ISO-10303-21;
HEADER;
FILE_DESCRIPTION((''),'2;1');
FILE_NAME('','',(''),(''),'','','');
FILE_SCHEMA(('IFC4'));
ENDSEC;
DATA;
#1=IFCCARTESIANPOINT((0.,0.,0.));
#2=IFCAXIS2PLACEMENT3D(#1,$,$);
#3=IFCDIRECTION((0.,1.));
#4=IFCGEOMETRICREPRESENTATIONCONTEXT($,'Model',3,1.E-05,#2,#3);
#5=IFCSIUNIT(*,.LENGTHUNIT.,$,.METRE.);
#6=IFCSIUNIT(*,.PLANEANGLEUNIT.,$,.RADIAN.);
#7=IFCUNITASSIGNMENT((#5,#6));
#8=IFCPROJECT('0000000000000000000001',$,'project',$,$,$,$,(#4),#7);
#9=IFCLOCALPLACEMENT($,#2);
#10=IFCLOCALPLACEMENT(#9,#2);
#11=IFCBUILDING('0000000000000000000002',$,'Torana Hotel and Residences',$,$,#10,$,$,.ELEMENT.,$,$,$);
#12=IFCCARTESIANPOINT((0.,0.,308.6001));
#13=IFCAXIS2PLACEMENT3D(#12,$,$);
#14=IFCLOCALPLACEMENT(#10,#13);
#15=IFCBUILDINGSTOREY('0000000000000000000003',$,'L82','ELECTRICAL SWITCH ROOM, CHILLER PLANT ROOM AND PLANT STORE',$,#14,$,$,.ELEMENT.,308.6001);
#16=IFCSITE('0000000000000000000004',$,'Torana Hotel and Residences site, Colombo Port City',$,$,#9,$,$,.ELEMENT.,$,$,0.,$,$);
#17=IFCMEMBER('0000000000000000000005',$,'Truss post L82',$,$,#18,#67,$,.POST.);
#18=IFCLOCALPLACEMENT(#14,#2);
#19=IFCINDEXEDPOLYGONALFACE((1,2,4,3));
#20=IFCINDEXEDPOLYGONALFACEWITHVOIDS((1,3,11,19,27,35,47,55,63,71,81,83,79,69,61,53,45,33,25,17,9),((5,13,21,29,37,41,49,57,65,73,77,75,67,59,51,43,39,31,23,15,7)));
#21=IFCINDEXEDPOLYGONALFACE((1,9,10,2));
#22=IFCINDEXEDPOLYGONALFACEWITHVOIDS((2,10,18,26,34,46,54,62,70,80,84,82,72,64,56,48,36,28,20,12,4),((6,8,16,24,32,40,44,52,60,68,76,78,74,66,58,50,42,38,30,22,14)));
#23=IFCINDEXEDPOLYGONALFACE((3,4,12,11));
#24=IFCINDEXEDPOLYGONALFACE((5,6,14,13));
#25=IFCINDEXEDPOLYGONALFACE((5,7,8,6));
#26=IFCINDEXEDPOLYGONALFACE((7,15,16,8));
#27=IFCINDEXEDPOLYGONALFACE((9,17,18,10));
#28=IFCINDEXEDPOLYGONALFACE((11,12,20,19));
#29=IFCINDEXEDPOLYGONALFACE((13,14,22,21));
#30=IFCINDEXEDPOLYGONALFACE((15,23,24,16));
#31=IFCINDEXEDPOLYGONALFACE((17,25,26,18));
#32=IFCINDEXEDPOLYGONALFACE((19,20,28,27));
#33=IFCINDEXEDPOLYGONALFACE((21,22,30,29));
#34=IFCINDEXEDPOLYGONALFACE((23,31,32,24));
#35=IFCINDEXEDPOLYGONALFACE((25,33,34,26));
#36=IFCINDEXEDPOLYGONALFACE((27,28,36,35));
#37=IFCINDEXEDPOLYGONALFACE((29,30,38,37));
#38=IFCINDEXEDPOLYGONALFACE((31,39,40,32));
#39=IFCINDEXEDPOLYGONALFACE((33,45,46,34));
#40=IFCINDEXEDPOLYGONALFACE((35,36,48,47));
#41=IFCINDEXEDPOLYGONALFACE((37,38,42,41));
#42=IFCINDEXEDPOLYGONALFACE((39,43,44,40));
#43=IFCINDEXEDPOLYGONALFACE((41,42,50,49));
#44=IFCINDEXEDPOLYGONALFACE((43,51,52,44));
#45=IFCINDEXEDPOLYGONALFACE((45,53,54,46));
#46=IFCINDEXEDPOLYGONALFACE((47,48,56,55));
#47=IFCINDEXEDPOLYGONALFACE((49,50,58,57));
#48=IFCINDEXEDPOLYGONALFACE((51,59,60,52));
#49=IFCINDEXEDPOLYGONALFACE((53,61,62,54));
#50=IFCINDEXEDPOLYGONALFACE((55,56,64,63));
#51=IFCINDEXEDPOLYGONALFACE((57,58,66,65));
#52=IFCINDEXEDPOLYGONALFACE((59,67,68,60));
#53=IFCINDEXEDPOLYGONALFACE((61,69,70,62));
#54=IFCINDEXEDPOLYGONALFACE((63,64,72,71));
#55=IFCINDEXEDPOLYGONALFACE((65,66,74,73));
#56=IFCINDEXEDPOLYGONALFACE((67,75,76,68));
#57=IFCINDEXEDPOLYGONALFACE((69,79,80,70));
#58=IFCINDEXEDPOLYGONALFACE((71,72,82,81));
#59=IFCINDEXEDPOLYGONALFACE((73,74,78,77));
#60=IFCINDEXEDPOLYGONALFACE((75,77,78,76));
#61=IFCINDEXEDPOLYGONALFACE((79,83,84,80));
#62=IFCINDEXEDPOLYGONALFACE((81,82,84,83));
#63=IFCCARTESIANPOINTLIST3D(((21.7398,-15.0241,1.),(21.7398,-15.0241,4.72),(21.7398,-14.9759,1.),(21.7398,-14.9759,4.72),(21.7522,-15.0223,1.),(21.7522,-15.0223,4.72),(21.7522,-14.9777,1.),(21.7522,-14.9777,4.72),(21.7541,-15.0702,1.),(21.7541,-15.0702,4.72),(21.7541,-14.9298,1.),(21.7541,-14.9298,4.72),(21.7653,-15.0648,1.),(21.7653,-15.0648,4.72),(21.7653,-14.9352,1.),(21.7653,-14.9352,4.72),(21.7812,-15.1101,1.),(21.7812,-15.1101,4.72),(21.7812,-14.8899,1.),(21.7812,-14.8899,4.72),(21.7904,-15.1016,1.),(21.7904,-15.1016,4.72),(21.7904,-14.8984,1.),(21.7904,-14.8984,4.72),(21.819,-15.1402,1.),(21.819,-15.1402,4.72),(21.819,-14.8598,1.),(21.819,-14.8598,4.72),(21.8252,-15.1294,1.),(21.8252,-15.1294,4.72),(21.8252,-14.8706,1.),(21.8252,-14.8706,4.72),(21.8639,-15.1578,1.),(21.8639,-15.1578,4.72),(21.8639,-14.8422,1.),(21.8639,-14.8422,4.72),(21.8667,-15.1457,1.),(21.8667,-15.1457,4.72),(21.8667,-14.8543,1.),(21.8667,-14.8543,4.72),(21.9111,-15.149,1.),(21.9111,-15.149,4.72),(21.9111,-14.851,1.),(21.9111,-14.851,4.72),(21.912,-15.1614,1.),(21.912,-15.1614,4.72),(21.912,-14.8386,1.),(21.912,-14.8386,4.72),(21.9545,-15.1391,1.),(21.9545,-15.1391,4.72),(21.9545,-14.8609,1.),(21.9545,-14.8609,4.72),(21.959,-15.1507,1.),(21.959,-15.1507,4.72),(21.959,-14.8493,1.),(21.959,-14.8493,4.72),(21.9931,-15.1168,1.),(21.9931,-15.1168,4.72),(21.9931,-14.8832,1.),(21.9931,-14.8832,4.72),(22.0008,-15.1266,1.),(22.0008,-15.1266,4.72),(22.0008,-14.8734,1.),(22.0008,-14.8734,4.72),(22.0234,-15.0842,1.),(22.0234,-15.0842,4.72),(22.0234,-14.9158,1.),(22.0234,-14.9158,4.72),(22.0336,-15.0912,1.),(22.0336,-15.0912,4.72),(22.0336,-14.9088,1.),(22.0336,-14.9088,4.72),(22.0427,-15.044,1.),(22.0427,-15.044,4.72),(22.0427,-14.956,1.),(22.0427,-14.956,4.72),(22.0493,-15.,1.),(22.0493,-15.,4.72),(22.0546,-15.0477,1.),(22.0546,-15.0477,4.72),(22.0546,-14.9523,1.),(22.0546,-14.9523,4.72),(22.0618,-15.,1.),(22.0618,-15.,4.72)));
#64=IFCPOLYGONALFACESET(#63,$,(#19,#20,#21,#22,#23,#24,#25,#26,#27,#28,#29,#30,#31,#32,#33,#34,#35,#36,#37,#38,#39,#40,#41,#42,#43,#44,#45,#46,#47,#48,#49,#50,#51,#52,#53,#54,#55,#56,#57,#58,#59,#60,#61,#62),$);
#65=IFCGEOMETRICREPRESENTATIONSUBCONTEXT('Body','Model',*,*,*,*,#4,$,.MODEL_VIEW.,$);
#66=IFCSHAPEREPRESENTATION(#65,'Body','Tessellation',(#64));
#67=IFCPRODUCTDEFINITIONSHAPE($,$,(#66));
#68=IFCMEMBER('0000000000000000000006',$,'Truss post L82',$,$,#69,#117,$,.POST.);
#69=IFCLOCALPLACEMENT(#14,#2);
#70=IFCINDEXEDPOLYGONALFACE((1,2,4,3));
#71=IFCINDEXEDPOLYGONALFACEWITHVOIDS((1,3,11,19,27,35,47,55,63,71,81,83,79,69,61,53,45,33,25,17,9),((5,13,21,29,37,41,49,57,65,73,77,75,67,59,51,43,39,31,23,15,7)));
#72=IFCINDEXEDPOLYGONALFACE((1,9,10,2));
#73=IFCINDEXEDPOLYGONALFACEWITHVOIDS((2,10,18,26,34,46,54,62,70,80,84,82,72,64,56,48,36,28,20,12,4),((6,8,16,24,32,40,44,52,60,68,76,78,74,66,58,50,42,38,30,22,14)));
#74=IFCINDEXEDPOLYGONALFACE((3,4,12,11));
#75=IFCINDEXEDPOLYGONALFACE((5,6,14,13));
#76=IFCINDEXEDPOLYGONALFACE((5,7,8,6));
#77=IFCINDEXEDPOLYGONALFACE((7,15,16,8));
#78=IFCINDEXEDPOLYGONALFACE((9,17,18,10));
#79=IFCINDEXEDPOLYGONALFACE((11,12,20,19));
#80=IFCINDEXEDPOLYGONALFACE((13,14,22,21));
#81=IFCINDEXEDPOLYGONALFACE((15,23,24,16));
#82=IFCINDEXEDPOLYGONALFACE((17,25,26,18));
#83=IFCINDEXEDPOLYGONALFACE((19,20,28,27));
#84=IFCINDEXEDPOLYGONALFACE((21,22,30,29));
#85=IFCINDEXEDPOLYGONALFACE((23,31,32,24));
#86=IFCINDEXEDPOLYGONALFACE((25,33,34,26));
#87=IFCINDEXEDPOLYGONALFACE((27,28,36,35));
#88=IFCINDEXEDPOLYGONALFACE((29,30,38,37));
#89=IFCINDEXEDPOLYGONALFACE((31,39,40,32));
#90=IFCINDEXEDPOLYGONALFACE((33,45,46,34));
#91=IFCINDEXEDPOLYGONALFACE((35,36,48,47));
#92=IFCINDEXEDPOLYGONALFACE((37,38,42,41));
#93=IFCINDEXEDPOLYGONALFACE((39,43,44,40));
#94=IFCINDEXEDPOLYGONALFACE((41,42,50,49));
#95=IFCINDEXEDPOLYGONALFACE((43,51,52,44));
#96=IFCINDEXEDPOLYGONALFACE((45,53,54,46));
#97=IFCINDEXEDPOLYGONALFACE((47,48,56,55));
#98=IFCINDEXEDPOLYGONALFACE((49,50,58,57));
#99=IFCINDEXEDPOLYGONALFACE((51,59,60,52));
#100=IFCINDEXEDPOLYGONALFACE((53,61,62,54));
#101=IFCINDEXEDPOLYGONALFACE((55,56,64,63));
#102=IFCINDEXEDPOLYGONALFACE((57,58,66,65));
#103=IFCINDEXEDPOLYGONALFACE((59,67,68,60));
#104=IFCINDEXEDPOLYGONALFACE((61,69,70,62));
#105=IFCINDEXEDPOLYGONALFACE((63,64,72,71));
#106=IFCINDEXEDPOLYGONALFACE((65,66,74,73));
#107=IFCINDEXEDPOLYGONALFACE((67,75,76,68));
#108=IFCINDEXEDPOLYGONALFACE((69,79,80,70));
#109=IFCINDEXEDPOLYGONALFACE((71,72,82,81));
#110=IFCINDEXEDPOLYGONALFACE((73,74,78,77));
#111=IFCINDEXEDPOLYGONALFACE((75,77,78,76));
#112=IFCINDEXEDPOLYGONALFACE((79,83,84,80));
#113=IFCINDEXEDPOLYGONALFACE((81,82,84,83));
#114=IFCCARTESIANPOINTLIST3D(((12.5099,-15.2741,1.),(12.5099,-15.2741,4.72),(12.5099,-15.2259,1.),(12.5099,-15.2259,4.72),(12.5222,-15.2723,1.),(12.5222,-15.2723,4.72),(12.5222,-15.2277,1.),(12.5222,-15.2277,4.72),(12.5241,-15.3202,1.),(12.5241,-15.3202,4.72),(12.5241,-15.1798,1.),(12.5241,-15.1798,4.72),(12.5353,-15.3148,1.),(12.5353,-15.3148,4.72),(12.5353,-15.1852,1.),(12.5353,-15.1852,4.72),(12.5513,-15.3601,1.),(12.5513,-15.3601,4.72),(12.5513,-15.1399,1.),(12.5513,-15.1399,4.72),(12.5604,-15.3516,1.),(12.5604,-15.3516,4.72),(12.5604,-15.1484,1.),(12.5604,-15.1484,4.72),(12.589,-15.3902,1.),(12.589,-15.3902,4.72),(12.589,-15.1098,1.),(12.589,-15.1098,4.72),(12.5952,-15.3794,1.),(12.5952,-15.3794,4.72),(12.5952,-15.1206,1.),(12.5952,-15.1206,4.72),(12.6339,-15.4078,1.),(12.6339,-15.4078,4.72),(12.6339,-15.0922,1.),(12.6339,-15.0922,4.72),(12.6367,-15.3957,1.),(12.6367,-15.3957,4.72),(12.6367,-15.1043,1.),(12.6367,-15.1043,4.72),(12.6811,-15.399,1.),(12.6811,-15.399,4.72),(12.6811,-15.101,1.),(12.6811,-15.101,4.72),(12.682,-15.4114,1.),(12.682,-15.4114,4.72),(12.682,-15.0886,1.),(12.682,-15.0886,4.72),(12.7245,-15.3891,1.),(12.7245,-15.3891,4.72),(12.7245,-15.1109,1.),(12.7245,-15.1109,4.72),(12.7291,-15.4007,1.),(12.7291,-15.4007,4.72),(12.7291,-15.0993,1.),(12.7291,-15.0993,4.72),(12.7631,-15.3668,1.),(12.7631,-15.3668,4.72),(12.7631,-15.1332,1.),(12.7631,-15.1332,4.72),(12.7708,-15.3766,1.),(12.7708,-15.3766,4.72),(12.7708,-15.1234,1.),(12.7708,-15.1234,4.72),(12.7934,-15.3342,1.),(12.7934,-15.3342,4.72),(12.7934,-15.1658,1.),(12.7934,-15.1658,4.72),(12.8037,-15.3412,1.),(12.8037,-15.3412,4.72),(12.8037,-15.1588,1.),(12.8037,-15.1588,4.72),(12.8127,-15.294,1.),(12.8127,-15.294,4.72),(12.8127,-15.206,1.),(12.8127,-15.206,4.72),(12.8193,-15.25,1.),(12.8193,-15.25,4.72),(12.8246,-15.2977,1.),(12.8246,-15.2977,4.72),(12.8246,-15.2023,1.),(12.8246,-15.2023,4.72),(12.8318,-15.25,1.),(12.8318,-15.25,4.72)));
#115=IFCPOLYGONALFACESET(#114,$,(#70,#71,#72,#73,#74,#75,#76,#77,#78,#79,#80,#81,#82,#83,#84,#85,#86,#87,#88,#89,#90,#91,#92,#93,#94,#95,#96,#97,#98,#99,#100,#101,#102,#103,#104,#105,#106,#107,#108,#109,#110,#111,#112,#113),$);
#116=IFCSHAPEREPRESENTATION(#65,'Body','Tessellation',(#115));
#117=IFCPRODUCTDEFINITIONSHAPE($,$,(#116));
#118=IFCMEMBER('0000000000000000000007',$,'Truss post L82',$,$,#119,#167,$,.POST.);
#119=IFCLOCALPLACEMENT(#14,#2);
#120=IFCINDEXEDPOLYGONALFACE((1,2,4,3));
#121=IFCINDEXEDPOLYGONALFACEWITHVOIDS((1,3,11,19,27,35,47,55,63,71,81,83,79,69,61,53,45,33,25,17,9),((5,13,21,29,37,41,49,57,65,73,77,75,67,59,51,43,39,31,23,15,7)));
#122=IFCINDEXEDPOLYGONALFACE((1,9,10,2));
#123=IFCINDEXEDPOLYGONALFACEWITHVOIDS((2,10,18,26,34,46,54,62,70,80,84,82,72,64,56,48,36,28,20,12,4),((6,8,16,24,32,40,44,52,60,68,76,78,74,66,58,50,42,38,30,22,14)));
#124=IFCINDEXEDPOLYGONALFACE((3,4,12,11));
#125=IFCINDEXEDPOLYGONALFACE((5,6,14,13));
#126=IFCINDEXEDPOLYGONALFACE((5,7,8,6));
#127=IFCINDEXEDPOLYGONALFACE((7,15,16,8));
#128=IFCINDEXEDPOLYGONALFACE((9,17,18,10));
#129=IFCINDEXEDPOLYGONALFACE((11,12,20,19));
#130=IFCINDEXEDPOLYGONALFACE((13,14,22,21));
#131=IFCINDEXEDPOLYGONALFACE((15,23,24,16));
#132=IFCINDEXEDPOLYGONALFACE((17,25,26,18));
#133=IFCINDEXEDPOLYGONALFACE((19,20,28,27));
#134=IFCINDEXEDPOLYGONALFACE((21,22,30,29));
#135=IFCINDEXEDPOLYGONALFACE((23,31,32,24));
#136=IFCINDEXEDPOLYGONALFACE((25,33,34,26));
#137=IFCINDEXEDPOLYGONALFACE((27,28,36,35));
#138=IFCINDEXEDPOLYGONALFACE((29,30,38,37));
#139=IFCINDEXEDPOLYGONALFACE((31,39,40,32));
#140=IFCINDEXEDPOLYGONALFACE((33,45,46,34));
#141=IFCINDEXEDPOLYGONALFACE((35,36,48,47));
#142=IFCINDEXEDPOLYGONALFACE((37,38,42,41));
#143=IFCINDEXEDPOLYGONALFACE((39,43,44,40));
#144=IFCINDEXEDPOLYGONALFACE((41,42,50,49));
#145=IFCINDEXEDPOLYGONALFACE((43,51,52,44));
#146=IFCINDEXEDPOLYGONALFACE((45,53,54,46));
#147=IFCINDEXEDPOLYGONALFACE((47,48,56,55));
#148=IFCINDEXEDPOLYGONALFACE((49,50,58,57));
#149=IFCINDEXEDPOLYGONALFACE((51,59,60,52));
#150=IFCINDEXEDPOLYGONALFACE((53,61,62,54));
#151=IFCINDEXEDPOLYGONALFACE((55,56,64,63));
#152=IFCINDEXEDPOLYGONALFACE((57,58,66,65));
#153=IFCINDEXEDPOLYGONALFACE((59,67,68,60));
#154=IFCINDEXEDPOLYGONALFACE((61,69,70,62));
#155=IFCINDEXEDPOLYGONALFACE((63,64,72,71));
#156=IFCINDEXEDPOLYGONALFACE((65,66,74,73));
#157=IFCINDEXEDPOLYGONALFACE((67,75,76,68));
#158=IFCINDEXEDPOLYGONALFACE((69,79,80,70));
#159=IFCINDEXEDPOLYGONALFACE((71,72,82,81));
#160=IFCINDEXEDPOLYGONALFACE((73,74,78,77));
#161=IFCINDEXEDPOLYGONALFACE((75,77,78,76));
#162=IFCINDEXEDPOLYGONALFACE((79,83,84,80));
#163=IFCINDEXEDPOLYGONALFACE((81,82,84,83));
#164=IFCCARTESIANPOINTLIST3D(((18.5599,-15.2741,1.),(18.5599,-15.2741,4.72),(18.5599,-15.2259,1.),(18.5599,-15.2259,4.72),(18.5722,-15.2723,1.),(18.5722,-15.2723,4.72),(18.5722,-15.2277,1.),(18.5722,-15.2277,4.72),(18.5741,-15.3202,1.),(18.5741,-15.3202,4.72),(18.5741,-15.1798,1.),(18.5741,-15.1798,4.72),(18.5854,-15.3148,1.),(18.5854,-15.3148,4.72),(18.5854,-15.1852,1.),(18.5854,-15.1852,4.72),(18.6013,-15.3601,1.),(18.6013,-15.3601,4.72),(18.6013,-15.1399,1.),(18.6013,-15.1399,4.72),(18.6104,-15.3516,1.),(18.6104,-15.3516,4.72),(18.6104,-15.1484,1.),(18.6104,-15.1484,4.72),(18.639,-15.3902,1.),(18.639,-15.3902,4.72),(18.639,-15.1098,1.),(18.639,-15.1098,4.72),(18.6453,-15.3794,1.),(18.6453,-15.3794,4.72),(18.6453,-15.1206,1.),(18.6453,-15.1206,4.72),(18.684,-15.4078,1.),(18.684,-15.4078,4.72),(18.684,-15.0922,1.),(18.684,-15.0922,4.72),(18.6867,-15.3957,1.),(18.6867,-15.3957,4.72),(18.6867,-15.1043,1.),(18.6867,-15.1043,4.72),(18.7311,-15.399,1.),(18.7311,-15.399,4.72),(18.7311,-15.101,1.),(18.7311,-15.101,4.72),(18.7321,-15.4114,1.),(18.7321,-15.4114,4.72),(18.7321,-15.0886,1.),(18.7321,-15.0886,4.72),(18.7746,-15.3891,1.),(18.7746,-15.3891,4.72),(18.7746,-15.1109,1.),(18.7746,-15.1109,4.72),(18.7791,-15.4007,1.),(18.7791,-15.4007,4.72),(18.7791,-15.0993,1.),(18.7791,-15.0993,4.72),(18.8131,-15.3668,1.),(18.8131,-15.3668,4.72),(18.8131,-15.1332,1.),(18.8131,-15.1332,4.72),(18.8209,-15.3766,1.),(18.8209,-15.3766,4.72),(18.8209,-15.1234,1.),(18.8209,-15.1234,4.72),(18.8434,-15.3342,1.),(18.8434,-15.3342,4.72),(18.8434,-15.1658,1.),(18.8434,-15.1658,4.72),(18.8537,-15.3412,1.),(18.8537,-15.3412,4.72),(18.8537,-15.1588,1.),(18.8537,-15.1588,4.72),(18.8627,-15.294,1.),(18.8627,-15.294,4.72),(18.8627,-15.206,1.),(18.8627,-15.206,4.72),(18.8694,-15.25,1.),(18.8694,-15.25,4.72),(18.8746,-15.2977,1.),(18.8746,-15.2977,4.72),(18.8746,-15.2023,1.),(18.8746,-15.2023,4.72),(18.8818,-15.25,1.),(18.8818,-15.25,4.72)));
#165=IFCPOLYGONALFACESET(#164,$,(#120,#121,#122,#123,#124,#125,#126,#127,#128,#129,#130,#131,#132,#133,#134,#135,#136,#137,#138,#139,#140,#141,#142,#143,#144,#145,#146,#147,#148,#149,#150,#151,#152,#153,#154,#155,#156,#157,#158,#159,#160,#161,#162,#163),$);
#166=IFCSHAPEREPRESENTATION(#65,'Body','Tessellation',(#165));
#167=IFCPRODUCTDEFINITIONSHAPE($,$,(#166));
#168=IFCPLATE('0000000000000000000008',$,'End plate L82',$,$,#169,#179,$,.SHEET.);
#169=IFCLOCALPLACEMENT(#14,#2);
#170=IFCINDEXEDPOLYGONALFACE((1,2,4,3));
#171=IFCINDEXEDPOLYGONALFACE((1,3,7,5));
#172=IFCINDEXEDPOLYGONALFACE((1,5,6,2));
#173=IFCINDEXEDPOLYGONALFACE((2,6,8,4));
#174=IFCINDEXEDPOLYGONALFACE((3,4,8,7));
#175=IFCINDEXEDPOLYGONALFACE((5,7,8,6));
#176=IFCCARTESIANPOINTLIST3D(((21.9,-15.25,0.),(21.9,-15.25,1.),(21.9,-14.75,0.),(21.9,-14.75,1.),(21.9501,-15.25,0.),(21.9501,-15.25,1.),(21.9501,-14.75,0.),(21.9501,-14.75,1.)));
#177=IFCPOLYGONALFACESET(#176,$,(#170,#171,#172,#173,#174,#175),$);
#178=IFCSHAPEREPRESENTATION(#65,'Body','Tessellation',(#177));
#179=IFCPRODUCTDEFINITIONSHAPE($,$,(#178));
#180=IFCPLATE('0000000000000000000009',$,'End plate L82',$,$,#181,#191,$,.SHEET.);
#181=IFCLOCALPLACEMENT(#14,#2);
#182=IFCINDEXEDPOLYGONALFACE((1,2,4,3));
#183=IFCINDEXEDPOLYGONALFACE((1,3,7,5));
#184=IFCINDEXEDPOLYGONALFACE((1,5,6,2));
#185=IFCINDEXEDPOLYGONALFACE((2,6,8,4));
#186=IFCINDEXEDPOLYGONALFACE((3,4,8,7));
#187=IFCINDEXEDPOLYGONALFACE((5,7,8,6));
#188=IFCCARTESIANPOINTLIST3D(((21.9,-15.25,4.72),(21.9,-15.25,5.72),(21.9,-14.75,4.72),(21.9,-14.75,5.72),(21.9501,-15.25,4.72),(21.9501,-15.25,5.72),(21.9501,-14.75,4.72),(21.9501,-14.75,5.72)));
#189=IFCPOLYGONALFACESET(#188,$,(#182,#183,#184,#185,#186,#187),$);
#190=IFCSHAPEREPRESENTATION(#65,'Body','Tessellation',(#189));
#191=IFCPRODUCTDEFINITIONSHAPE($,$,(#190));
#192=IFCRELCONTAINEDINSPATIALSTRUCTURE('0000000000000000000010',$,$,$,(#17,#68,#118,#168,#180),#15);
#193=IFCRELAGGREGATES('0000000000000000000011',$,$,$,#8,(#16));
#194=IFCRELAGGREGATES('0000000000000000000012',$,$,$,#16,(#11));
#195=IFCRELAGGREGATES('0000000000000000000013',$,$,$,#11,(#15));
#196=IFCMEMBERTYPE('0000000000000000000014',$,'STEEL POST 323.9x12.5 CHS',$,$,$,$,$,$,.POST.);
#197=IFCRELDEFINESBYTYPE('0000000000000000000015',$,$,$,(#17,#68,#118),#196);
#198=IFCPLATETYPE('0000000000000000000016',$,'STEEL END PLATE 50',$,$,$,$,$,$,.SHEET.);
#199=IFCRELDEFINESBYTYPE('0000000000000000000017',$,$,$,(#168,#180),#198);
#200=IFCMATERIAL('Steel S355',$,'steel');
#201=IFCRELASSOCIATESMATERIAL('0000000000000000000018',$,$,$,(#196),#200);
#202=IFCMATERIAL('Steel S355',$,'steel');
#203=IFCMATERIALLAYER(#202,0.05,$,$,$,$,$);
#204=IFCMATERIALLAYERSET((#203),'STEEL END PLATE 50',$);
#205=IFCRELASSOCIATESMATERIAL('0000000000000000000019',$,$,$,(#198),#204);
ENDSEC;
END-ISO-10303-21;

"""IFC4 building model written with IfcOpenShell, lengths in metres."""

from ifc_helpers import new_model, si_unit, direction, frame, origin, origin_2d, place, context, subcontext, project, spatial, rectangle, hollow_circle, extrude, material, layer, layer_set, material_profile, profile_set, type_object, element, save


model = new_model("IFC4")

# Units and contexts
model_context = context("Model", 3, precision=1e-05, world=origin(), true_north=direction((0.0, 1.0)))
body_context = subcontext(model_context, "Body", "Model", "MODEL_VIEW")
ifc_project = project(units=[si_unit("LENGTHUNIT", "METRE"), si_unit("PLANEANGLEUNIT", "RADIAN")], contexts=[model_context])

# Site, building, storey
site_placement = place(None, origin())
site = spatial("IfcSite", under=ifc_project, at=site_placement, Name="Torana Hotel and Residences site, Colombo Port City", CompositionType="ELEMENT", RefElevation=0.0)
building_placement = place(site_placement, origin())
building = spatial("IfcBuilding", under=site, at=building_placement, Name="Torana Hotel and Residences", CompositionType="ELEMENT")
storey_placement = place(building_placement, frame((0.0, 0.0, 308.6001)))
storey = spatial("IfcBuildingStorey", under=building, at=storey_placement, Name="L82", Description="ELECTRICAL SWITCH ROOM, CHILLER PLANT ROOM AND PLANT STORE", CompositionType="ELEMENT", Elevation=308.6001)

# Members
ifc_material_1 = material(Name="Steel S355", Category="steel")
ifc_material_profile_1 = material_profile(ifc_material_1, hollow_circle(Radius=0.1619, WallThickness=0.0125, at=origin_2d()), Name="323.9x12.5 CHS")
ifc_profile_set_1 = profile_set([ifc_material_profile_1], Name="Steel S355")
member_type_1 = type_object("IfcMemberType", Name="STEEL POST 323.9x12.5 CHS", PredefinedType="POST", material=ifc_profile_set_1)
for number, where, z_axis, x_axis, name in (
    (1, (21.8999, -15.0, 1.0), (0.0, 0.0, 1.0), (1.0, 0.0, 0.0), "Truss post L82"),
    (2, (12.6699, -15.25, 1.0), (0.0, 0.0, 1.0), (1.0, 0.0, 0.0), "Truss post L82"),
    (3, (18.72, -15.25, 1.0), (0.0, 0.0, 1.0), (1.0, 0.0, 0.0), "Truss post L82"),
):
    element("IfcMember", number, at=place(storey_placement, frame(where, z_axis=z_axis, x_axis=x_axis)), inside=storey, type_object=member_type_1, Name=name, PredefinedType="POST", context=body_context, shape_type="SweptSolid", body=[
        extrude(hollow_circle(Radius=0.1619, WallThickness=0.0125, at=origin_2d()), origin(), (0.0, 0.0, 1.0), 3.72),
    ])

# Plates
ifc_material_2 = material(Name="Steel S355", Category="steel")
ifc_layer_1 = layer(ifc_material_2, 0.05)
ifc_layer_set_1 = layer_set([ifc_layer_1], Name="STEEL END PLATE 50")
plate_type = type_object("IfcPlateType", Name="STEEL END PLATE 50", PredefinedType="SHEET", material=ifc_layer_set_1)
for number, where, z_axis, x_axis, name in (
    (4, (21.925, -15.0, 0.0), (0.0, 0.0, 1.0), (1.0, 0.0, 0.0), "End plate L82"),
    (5, (21.925, -15.0, 4.72), (0.0, 0.0, 1.0), (1.0, 0.0, 0.0), "End plate L82"),
):
    element("IfcPlate", number, at=place(storey_placement, frame(where, z_axis=z_axis, x_axis=x_axis)), inside=storey, type_object=plate_type, Name=name, PredefinedType="SHEET", context=body_context, shape_type="SweptSolid", body=[
        extrude(rectangle(XDim=0.05, YDim=0.5, at=origin_2d()), origin(), (0.0, 0.0, 1.0), 1.0),
    ])

save(model, "model.ifc")
